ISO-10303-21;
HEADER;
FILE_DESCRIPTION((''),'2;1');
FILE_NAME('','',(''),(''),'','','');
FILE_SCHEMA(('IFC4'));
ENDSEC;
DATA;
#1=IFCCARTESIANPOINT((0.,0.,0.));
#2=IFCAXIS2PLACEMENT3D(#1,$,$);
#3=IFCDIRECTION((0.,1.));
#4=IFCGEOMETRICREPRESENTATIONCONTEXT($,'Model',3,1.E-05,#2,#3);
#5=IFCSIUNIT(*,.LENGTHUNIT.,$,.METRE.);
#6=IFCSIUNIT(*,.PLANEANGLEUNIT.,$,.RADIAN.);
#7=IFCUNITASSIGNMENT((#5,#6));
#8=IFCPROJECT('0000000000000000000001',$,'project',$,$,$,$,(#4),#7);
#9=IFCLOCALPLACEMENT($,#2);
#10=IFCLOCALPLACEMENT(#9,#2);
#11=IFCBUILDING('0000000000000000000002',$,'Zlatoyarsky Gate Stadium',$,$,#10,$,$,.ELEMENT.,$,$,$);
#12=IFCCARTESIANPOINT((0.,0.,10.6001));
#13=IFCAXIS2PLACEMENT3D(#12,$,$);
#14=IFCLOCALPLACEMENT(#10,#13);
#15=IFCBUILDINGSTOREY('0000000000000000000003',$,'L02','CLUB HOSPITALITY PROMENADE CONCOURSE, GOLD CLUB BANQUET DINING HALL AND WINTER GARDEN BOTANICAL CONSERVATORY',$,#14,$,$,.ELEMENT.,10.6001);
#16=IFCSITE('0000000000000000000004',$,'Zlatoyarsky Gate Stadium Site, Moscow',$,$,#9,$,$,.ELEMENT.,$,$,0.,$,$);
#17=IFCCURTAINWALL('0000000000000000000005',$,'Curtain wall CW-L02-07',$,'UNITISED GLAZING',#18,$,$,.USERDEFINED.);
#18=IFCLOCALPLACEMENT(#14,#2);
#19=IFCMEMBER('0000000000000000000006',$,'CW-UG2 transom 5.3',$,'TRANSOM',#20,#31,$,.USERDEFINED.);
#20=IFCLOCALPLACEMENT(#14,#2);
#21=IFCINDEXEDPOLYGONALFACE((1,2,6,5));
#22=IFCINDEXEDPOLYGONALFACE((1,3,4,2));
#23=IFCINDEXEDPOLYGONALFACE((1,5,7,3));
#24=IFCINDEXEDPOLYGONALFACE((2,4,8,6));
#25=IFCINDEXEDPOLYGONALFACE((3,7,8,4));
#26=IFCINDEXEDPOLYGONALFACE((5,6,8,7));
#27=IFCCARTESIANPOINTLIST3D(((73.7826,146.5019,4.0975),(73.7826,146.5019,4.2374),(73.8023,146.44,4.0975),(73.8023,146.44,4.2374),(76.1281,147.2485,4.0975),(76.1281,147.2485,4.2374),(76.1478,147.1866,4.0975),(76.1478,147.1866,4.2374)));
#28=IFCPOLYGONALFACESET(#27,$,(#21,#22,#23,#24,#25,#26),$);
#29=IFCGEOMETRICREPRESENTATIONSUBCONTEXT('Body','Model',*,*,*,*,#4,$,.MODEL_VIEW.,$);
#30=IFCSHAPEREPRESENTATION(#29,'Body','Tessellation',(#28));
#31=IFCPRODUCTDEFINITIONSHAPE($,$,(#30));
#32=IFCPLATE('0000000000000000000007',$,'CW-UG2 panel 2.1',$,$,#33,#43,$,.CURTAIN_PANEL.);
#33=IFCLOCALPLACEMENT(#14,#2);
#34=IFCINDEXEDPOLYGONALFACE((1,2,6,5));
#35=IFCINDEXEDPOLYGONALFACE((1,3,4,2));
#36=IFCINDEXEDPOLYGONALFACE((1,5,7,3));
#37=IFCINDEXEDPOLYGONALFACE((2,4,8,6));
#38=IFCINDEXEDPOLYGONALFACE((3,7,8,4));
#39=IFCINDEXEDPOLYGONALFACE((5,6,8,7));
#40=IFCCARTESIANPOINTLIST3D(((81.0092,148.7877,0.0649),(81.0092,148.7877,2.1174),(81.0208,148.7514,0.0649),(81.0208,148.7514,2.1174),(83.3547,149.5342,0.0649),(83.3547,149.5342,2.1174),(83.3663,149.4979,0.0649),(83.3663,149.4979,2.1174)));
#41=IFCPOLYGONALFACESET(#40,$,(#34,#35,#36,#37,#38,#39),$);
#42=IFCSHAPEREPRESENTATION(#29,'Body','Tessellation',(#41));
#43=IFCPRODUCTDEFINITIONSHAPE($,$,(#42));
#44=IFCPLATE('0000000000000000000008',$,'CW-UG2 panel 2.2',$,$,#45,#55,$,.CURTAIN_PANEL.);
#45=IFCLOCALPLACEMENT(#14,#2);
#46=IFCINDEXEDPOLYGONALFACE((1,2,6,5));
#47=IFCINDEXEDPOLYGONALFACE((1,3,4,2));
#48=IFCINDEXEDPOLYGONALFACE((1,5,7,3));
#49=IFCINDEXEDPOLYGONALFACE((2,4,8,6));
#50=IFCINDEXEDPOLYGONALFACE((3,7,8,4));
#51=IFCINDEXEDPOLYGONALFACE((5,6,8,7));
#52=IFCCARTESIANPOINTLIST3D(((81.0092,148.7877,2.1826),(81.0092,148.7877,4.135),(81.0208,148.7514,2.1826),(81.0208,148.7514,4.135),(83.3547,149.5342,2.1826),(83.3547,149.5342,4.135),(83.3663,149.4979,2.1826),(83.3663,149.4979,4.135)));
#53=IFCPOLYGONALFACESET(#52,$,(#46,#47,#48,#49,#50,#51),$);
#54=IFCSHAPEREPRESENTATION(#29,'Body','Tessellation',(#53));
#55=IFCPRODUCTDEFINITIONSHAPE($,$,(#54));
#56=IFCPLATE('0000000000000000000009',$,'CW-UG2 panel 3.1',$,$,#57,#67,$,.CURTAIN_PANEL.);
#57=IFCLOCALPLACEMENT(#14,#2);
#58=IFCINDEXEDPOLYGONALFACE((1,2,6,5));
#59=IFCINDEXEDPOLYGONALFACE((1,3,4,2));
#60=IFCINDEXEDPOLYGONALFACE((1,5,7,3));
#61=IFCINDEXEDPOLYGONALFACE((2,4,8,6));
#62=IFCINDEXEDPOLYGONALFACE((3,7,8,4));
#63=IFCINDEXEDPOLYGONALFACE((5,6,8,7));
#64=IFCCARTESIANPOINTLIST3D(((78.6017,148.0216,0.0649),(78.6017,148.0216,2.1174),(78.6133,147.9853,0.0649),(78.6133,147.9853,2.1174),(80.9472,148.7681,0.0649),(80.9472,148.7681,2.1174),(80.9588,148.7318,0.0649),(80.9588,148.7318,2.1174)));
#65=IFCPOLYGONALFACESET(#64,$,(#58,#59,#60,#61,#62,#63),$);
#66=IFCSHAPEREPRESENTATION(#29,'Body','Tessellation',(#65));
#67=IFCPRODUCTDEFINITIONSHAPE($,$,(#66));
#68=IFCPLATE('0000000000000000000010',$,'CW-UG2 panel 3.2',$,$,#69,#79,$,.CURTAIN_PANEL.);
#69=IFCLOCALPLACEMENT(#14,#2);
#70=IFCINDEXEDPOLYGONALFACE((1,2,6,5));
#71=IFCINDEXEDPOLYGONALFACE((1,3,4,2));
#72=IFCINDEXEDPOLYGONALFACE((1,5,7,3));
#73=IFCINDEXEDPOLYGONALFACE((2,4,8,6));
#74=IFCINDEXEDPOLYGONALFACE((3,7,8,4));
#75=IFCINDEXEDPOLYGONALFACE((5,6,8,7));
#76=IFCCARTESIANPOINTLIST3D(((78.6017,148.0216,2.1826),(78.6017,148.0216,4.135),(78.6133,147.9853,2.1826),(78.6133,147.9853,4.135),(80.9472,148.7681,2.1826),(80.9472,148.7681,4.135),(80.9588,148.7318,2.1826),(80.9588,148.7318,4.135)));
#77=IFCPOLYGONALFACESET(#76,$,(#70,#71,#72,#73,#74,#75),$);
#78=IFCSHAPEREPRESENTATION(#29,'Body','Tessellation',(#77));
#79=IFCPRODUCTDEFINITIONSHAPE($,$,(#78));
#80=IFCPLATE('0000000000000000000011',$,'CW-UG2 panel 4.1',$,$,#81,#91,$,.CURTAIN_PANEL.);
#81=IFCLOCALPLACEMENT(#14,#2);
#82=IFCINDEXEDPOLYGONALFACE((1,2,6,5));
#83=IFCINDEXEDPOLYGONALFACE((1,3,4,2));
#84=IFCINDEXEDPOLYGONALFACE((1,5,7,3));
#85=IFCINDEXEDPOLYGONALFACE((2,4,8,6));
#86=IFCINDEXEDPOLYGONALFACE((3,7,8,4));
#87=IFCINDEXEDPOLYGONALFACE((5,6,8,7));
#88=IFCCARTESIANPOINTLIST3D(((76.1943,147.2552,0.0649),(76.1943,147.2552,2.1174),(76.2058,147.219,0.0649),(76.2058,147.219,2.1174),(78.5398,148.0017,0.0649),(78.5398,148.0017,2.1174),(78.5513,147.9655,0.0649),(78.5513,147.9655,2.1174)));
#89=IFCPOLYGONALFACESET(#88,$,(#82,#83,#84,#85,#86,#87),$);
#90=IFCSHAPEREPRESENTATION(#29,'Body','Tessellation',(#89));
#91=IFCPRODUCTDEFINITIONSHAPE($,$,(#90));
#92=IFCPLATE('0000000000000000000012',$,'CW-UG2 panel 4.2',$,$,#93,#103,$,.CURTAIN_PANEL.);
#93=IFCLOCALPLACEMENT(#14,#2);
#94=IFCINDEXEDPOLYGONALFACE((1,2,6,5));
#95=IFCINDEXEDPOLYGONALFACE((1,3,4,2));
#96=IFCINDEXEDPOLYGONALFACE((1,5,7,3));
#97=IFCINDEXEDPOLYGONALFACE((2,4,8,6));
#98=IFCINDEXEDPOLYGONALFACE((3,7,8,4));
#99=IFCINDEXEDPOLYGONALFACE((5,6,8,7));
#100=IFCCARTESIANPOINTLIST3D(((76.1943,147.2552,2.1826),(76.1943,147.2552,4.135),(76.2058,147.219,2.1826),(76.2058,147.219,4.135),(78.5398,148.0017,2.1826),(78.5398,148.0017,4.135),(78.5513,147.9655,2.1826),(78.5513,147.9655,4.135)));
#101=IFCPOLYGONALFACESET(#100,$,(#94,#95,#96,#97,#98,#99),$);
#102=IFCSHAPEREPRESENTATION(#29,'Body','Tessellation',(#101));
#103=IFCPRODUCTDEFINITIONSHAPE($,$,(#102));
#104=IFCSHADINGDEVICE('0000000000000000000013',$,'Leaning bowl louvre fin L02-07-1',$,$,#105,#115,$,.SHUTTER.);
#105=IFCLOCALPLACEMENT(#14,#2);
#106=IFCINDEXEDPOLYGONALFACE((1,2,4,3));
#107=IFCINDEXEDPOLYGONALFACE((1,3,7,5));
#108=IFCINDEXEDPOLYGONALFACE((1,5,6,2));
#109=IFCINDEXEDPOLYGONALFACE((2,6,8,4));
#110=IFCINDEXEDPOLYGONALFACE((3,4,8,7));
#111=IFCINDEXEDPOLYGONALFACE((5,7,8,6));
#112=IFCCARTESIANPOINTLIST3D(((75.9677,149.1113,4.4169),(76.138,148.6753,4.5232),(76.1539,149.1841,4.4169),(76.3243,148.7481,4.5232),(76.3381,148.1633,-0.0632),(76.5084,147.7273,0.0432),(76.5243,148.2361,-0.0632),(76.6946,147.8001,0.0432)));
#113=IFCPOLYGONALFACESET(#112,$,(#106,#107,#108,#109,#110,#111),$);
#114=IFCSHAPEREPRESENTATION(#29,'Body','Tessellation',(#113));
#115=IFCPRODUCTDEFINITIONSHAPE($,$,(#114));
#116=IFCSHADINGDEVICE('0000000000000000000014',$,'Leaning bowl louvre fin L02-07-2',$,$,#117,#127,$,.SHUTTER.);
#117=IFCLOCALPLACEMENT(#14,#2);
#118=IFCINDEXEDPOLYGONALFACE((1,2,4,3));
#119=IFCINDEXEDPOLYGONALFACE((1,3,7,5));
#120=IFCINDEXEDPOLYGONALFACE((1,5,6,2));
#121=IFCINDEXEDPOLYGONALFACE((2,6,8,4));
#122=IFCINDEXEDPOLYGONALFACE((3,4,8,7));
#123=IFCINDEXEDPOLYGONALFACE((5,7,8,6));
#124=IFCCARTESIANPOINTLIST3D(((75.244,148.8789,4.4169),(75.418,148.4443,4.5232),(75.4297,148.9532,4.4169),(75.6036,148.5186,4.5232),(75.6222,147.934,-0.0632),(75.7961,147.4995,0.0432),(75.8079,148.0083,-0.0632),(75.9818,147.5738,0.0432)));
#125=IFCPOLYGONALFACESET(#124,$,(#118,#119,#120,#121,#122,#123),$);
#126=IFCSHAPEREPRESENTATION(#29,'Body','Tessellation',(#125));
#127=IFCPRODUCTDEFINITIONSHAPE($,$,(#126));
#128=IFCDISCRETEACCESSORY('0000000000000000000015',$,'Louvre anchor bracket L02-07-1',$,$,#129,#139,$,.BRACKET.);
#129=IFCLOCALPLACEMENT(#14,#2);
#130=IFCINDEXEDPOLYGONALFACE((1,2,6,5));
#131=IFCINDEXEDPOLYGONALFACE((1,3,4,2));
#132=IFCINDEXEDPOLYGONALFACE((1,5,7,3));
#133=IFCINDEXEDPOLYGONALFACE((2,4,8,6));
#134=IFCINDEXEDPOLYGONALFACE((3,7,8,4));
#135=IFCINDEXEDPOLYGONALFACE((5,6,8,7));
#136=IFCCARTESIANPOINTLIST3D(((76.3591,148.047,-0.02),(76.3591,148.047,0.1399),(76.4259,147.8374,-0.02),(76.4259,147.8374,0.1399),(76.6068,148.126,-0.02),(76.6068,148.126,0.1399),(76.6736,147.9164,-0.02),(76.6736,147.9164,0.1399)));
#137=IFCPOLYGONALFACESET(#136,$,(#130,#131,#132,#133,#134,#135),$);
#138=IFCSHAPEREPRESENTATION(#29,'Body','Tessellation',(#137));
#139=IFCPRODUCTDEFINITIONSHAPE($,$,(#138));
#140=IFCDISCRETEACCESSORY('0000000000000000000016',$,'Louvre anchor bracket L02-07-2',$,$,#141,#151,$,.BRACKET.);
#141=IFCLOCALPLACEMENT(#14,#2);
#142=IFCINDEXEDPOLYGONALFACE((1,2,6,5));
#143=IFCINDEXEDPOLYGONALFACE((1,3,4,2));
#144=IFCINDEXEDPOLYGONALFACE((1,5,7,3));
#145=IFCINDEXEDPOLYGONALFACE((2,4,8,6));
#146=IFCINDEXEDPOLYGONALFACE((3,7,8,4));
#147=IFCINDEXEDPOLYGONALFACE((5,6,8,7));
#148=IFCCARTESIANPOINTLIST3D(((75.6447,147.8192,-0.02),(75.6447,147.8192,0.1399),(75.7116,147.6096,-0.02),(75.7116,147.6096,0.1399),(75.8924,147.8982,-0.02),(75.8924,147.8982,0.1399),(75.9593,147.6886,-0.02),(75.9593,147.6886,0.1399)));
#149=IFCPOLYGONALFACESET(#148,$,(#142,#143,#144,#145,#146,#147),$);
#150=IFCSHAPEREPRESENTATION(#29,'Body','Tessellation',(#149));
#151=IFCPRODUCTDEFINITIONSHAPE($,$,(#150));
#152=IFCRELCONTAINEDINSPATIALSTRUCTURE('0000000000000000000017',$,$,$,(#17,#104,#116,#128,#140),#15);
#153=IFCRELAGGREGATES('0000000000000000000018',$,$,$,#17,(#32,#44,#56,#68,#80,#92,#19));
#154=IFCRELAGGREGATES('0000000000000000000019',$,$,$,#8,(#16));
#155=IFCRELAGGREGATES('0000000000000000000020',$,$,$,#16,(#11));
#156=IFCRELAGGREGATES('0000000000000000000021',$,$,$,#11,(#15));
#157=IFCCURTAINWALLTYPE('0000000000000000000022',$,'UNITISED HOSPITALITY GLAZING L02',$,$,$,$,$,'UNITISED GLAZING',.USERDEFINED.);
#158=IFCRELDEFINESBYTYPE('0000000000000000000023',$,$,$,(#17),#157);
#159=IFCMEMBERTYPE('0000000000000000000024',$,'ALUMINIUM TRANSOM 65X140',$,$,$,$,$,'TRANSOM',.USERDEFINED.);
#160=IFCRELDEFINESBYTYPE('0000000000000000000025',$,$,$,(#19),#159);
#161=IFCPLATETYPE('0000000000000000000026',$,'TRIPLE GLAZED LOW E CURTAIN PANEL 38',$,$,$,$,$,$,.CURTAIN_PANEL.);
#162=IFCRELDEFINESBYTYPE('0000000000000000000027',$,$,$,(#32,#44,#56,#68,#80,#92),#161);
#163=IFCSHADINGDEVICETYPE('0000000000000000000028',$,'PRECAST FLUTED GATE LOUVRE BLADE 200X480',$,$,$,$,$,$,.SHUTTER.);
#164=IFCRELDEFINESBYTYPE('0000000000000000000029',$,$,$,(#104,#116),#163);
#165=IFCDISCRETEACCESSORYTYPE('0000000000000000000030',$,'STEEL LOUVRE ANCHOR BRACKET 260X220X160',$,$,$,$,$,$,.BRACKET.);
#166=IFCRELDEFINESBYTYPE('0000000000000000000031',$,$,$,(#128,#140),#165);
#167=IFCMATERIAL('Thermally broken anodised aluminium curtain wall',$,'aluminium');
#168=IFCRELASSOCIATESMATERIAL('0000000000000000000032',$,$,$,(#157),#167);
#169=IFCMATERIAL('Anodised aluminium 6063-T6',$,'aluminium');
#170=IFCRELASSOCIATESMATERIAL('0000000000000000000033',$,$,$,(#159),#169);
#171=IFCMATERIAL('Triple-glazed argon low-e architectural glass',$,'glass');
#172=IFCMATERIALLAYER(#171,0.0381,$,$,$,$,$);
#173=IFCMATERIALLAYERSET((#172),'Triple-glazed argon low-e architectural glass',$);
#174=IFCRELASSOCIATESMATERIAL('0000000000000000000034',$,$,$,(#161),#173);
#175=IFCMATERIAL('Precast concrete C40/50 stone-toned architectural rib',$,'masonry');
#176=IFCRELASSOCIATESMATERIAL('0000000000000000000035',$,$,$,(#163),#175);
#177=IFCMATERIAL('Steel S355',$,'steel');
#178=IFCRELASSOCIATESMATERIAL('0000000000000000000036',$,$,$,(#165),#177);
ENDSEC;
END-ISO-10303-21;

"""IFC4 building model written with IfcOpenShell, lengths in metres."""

from ifc_helpers import new_model, si_unit, direction, frame, origin, origin_2d, place, context, subcontext, project, spatial, rectangle, extrude, material, layer, layer_set, material_profile, profile_set, type_object, element, aggregate, save


model = new_model("IFC4")

# Units and contexts
model_context = context("Model", 3, precision=1e-05, world=origin(), true_north=direction((0.0, 1.0)))
body_context = subcontext(model_context, "Body", "Model", "MODEL_VIEW")
ifc_project = project(units=[si_unit("LENGTHUNIT", "METRE"), si_unit("PLANEANGLEUNIT", "RADIAN")], contexts=[model_context])

# Site, building, storey
site_placement = place(None, origin())
site = spatial("IfcSite", under=ifc_project, at=site_placement, Name="Zlatoyarsky Gate Stadium Site, Moscow", CompositionType="ELEMENT", RefElevation=0.0)
building_placement = place(site_placement, origin())
building = spatial("IfcBuilding", under=site, at=building_placement, Name="Zlatoyarsky Gate Stadium", CompositionType="ELEMENT")
storey_placement = place(building_placement, frame((0.0, 0.0, 10.6001)))
storey = spatial("IfcBuildingStorey", under=building, at=storey_placement, Name="L02", Description="CLUB HOSPITALITY PROMENADE CONCOURSE, GOLD CLUB BANQUET DINING HALL AND WINTER GARDEN BOTANICAL CONSERVATORY", CompositionType="ELEMENT", Elevation=10.6001)

# Curtain wall, member, plates
ifc_material_1 = material(Name="Thermally broken anodised aluminium curtain wall", Category="aluminium")
curtain_wall_type = type_object("IfcCurtainWallType", Name="UNITISED HOSPITALITY GLAZING L02", ElementType="UNITISED GLAZING", PredefinedType="USERDEFINED", material=ifc_material_1)
curtain_wall_placement = place(storey_placement, origin())
curtain_wall = element("IfcCurtainWall", 1, at=curtain_wall_placement, inside=storey, type_object=curtain_wall_type, Name="Curtain wall CW-L02-07", ObjectType="UNITISED GLAZING", PredefinedType="USERDEFINED")
ifc_material_2 = material(Name="Anodised aluminium 6063-T6", Category="aluminium")
ifc_material_profile_1 = material_profile(ifc_material_2, rectangle(XDim=0.0649, YDim=0.1399, at=origin_2d()), Name="ALU 65X140")
ifc_profile_set_1 = profile_set([ifc_material_profile_1], Name="Anodised aluminium 6063-T6")
member_type_1 = type_object("IfcMemberType", Name="ALUMINIUM TRANSOM 65X140", ElementType="TRANSOM", PredefinedType="USERDEFINED", material=ifc_profile_set_1)
member_1_placement = place(storey_placement, frame((76.1379, 147.2175, 4.1675), z_axis=(-0.952891, -0.303314, 0.0), x_axis=(0.303314, -0.952891, 0.0)))
member_1 = element("IfcMember", 2, at=member_1_placement, type_object=member_type_1, Name="CW-UG2 transom 5.3", ObjectType="TRANSOM", PredefinedType="USERDEFINED", context=body_context, shape_type="SweptSolid", body=[
    extrude(rectangle(XDim=0.0649, YDim=0.1399, at=origin_2d()), origin(), (0.0, 0.0, 1.0), 2.4614),
])
ifc_material_3 = material(Name="Triple-glazed argon low-e architectural glass", Category="glass")
ifc_layer = layer(ifc_material_3, 0.0381)
ifc_layer_set = layer_set([ifc_layer], Name="Triple-glazed argon low-e architectural glass")
plate_type = type_object("IfcPlateType", Name="TRIPLE GLAZED LOW E CURTAIN PANEL 38", PredefinedType="CURTAIN_PANEL", material=ifc_layer_set)
plate_1_placement = place(storey_placement, frame((82.1877, 149.1428, 0.0649), z_axis=(0.0, 0.0, 1.0), x_axis=(-0.952902, -0.303279, 0.0)))
plate_1 = element("IfcPlate", 3, at=plate_1_placement, type_object=plate_type, Name="CW-UG2 panel 2.1", PredefinedType="CURTAIN_PANEL", context=body_context, shape_type="SweptSolid", body=[
    extrude(rectangle(XDim=2.4614, YDim=0.0381, at=origin_2d()), origin(), (0.0, 0.0, 1.0), 2.0525),
])
plate_2_placement = place(storey_placement, frame((82.1877, 149.1428, 2.1826), z_axis=(0.0, 0.0, 1.0), x_axis=(-0.952902, -0.303279, 0.0)))
plate_2 = element("IfcPlate", 4, at=plate_2_placement, type_object=plate_type, Name="CW-UG2 panel 2.2", PredefinedType="CURTAIN_PANEL", context=body_context, shape_type="SweptSolid", body=[
    extrude(rectangle(XDim=2.4614, YDim=0.0381, at=origin_2d()), origin(), (0.0, 0.0, 1.0), 1.9524),
])
plate_3_placement = place(storey_placement, frame((79.7803, 148.3767, 0.0649), z_axis=(0.0, 0.0, 1.0), x_axis=(-0.952902, -0.303279, 0.0)))
plate_3 = element("IfcPlate", 5, at=plate_3_placement, type_object=plate_type, Name="CW-UG2 panel 3.1", PredefinedType="CURTAIN_PANEL", context=body_context, shape_type="SweptSolid", body=[
    extrude(rectangle(XDim=2.4614, YDim=0.0381, at=origin_2d()), origin(), (0.0, 0.0, 1.0), 2.0525),
])
plate_4_placement = place(storey_placement, frame((79.7803, 148.3767, 2.1826), z_axis=(0.0, 0.0, 1.0), x_axis=(-0.952902, -0.303279, 0.0)))
plate_4 = element("IfcPlate", 6, at=plate_4_placement, type_object=plate_type, Name="CW-UG2 panel 3.2", PredefinedType="CURTAIN_PANEL", context=body_context, shape_type="SweptSolid", body=[
    extrude(rectangle(XDim=2.4614, YDim=0.0381, at=origin_2d()), origin(), (0.0, 0.0, 1.0), 1.9524),
])
plate_5_placement = place(storey_placement, frame((77.3728, 147.6104, 0.0649), z_axis=(0.0, 0.0, 1.0), x_axis=(-0.952902, -0.303279, 0.0)))
plate_5 = element("IfcPlate", 7, at=plate_5_placement, type_object=plate_type, Name="CW-UG2 panel 4.1", PredefinedType="CURTAIN_PANEL", context=body_context, shape_type="SweptSolid", body=[
    extrude(rectangle(XDim=2.4614, YDim=0.0381, at=origin_2d()), origin(), (0.0, 0.0, 1.0), 2.0525),
])
plate_6_placement = place(storey_placement, frame((77.3728, 147.6104, 2.1826), z_axis=(0.0, 0.0, 1.0), x_axis=(-0.952902, -0.303279, 0.0)))
plate_6 = element("IfcPlate", 8, at=plate_6_placement, type_object=plate_type, Name="CW-UG2 panel 4.2", PredefinedType="CURTAIN_PANEL", context=body_context, shape_type="SweptSolid", body=[
    extrude(rectangle(XDim=2.4614, YDim=0.0381, at=origin_2d()), origin(), (0.0, 0.0, 1.0), 1.9524),
])
aggregate(curtain_wall, [plate_1, plate_2, plate_3, plate_4, plate_5, plate_6, member_1])

# Shading devices
ifc_material_4 = material(Name="Precast concrete C40/50 stone-toned architectural rib", Category="masonry")
ifc_material_profile_2 = material_profile(ifc_material_4, rectangle(XDim=0.2, YDim=0.48, at=origin_2d()), Name="RIB 200X480")
ifc_profile_set_2 = profile_set([ifc_material_profile_2], Name="Precast concrete C40/50 stone-toned architectural rib")
shading_device_type = type_object("IfcShadingDeviceType", Name="PRECAST FLUTED GATE LOUVRE BLADE 200X480", PredefinedType="SHUTTER", material=ifc_profile_set_2)
for number, where, z_axis, x_axis, name in (
    (9, (76.5164, 147.9817, -0.01), (-0.080616, 0.20635, 0.975152), (-0.931441, -0.363893, 0.0), "Leaning bowl louvre fin L02-07-1"),
    (10, (75.802, 147.7539, -0.01), (-0.082317, 0.205659, 0.975155), (-0.928394, -0.371597, 0.0), "Leaning bowl louvre fin L02-07-2"),
):
    element("IfcShadingDevice", number, at=place(storey_placement, frame(where, z_axis=z_axis, x_axis=x_axis)), inside=storey, type_object=shading_device_type, Name=name, PredefinedType="SHUTTER", context=body_context, shape_type="SweptSolid", body=[
        extrude(rectangle(XDim=0.2, YDim=0.48, at=origin_2d()), origin(), (0.0, 0.0, 1.0), 4.5942),
    ])

# Discrete accessories
ifc_material_5 = material(Name="Steel S355", Category="steel")
discrete_accessory_type = type_object("IfcDiscreteAccessoryType", Name="STEEL LOUVRE ANCHOR BRACKET 260X220X160", PredefinedType="BRACKET", material=ifc_material_5)
for number, where, z_axis, x_axis, name in (
    (11, (76.5164, 147.9817, -0.02), (0.0, 0.0, 1.0), (-0.952731, -0.303816, 0.0), "Louvre anchor bracket L02-07-1"),
    (12, (75.802, 147.7539, -0.02), (0.0, 0.0, 1.0), (-0.952731, -0.303816, 0.0), "Louvre anchor bracket L02-07-2"),
):
    element("IfcDiscreteAccessory", number, at=place(storey_placement, frame(where, z_axis=z_axis, x_axis=x_axis)), inside=storey, type_object=discrete_accessory_type, Name=name, PredefinedType="BRACKET", context=body_context, shape_type="SweptSolid", body=[
        extrude(rectangle(XDim=0.26, YDim=0.22, at=origin_2d()), origin(), (0.0, 0.0, 1.0), 0.1599),
    ])

save(model, "model.ifc")
